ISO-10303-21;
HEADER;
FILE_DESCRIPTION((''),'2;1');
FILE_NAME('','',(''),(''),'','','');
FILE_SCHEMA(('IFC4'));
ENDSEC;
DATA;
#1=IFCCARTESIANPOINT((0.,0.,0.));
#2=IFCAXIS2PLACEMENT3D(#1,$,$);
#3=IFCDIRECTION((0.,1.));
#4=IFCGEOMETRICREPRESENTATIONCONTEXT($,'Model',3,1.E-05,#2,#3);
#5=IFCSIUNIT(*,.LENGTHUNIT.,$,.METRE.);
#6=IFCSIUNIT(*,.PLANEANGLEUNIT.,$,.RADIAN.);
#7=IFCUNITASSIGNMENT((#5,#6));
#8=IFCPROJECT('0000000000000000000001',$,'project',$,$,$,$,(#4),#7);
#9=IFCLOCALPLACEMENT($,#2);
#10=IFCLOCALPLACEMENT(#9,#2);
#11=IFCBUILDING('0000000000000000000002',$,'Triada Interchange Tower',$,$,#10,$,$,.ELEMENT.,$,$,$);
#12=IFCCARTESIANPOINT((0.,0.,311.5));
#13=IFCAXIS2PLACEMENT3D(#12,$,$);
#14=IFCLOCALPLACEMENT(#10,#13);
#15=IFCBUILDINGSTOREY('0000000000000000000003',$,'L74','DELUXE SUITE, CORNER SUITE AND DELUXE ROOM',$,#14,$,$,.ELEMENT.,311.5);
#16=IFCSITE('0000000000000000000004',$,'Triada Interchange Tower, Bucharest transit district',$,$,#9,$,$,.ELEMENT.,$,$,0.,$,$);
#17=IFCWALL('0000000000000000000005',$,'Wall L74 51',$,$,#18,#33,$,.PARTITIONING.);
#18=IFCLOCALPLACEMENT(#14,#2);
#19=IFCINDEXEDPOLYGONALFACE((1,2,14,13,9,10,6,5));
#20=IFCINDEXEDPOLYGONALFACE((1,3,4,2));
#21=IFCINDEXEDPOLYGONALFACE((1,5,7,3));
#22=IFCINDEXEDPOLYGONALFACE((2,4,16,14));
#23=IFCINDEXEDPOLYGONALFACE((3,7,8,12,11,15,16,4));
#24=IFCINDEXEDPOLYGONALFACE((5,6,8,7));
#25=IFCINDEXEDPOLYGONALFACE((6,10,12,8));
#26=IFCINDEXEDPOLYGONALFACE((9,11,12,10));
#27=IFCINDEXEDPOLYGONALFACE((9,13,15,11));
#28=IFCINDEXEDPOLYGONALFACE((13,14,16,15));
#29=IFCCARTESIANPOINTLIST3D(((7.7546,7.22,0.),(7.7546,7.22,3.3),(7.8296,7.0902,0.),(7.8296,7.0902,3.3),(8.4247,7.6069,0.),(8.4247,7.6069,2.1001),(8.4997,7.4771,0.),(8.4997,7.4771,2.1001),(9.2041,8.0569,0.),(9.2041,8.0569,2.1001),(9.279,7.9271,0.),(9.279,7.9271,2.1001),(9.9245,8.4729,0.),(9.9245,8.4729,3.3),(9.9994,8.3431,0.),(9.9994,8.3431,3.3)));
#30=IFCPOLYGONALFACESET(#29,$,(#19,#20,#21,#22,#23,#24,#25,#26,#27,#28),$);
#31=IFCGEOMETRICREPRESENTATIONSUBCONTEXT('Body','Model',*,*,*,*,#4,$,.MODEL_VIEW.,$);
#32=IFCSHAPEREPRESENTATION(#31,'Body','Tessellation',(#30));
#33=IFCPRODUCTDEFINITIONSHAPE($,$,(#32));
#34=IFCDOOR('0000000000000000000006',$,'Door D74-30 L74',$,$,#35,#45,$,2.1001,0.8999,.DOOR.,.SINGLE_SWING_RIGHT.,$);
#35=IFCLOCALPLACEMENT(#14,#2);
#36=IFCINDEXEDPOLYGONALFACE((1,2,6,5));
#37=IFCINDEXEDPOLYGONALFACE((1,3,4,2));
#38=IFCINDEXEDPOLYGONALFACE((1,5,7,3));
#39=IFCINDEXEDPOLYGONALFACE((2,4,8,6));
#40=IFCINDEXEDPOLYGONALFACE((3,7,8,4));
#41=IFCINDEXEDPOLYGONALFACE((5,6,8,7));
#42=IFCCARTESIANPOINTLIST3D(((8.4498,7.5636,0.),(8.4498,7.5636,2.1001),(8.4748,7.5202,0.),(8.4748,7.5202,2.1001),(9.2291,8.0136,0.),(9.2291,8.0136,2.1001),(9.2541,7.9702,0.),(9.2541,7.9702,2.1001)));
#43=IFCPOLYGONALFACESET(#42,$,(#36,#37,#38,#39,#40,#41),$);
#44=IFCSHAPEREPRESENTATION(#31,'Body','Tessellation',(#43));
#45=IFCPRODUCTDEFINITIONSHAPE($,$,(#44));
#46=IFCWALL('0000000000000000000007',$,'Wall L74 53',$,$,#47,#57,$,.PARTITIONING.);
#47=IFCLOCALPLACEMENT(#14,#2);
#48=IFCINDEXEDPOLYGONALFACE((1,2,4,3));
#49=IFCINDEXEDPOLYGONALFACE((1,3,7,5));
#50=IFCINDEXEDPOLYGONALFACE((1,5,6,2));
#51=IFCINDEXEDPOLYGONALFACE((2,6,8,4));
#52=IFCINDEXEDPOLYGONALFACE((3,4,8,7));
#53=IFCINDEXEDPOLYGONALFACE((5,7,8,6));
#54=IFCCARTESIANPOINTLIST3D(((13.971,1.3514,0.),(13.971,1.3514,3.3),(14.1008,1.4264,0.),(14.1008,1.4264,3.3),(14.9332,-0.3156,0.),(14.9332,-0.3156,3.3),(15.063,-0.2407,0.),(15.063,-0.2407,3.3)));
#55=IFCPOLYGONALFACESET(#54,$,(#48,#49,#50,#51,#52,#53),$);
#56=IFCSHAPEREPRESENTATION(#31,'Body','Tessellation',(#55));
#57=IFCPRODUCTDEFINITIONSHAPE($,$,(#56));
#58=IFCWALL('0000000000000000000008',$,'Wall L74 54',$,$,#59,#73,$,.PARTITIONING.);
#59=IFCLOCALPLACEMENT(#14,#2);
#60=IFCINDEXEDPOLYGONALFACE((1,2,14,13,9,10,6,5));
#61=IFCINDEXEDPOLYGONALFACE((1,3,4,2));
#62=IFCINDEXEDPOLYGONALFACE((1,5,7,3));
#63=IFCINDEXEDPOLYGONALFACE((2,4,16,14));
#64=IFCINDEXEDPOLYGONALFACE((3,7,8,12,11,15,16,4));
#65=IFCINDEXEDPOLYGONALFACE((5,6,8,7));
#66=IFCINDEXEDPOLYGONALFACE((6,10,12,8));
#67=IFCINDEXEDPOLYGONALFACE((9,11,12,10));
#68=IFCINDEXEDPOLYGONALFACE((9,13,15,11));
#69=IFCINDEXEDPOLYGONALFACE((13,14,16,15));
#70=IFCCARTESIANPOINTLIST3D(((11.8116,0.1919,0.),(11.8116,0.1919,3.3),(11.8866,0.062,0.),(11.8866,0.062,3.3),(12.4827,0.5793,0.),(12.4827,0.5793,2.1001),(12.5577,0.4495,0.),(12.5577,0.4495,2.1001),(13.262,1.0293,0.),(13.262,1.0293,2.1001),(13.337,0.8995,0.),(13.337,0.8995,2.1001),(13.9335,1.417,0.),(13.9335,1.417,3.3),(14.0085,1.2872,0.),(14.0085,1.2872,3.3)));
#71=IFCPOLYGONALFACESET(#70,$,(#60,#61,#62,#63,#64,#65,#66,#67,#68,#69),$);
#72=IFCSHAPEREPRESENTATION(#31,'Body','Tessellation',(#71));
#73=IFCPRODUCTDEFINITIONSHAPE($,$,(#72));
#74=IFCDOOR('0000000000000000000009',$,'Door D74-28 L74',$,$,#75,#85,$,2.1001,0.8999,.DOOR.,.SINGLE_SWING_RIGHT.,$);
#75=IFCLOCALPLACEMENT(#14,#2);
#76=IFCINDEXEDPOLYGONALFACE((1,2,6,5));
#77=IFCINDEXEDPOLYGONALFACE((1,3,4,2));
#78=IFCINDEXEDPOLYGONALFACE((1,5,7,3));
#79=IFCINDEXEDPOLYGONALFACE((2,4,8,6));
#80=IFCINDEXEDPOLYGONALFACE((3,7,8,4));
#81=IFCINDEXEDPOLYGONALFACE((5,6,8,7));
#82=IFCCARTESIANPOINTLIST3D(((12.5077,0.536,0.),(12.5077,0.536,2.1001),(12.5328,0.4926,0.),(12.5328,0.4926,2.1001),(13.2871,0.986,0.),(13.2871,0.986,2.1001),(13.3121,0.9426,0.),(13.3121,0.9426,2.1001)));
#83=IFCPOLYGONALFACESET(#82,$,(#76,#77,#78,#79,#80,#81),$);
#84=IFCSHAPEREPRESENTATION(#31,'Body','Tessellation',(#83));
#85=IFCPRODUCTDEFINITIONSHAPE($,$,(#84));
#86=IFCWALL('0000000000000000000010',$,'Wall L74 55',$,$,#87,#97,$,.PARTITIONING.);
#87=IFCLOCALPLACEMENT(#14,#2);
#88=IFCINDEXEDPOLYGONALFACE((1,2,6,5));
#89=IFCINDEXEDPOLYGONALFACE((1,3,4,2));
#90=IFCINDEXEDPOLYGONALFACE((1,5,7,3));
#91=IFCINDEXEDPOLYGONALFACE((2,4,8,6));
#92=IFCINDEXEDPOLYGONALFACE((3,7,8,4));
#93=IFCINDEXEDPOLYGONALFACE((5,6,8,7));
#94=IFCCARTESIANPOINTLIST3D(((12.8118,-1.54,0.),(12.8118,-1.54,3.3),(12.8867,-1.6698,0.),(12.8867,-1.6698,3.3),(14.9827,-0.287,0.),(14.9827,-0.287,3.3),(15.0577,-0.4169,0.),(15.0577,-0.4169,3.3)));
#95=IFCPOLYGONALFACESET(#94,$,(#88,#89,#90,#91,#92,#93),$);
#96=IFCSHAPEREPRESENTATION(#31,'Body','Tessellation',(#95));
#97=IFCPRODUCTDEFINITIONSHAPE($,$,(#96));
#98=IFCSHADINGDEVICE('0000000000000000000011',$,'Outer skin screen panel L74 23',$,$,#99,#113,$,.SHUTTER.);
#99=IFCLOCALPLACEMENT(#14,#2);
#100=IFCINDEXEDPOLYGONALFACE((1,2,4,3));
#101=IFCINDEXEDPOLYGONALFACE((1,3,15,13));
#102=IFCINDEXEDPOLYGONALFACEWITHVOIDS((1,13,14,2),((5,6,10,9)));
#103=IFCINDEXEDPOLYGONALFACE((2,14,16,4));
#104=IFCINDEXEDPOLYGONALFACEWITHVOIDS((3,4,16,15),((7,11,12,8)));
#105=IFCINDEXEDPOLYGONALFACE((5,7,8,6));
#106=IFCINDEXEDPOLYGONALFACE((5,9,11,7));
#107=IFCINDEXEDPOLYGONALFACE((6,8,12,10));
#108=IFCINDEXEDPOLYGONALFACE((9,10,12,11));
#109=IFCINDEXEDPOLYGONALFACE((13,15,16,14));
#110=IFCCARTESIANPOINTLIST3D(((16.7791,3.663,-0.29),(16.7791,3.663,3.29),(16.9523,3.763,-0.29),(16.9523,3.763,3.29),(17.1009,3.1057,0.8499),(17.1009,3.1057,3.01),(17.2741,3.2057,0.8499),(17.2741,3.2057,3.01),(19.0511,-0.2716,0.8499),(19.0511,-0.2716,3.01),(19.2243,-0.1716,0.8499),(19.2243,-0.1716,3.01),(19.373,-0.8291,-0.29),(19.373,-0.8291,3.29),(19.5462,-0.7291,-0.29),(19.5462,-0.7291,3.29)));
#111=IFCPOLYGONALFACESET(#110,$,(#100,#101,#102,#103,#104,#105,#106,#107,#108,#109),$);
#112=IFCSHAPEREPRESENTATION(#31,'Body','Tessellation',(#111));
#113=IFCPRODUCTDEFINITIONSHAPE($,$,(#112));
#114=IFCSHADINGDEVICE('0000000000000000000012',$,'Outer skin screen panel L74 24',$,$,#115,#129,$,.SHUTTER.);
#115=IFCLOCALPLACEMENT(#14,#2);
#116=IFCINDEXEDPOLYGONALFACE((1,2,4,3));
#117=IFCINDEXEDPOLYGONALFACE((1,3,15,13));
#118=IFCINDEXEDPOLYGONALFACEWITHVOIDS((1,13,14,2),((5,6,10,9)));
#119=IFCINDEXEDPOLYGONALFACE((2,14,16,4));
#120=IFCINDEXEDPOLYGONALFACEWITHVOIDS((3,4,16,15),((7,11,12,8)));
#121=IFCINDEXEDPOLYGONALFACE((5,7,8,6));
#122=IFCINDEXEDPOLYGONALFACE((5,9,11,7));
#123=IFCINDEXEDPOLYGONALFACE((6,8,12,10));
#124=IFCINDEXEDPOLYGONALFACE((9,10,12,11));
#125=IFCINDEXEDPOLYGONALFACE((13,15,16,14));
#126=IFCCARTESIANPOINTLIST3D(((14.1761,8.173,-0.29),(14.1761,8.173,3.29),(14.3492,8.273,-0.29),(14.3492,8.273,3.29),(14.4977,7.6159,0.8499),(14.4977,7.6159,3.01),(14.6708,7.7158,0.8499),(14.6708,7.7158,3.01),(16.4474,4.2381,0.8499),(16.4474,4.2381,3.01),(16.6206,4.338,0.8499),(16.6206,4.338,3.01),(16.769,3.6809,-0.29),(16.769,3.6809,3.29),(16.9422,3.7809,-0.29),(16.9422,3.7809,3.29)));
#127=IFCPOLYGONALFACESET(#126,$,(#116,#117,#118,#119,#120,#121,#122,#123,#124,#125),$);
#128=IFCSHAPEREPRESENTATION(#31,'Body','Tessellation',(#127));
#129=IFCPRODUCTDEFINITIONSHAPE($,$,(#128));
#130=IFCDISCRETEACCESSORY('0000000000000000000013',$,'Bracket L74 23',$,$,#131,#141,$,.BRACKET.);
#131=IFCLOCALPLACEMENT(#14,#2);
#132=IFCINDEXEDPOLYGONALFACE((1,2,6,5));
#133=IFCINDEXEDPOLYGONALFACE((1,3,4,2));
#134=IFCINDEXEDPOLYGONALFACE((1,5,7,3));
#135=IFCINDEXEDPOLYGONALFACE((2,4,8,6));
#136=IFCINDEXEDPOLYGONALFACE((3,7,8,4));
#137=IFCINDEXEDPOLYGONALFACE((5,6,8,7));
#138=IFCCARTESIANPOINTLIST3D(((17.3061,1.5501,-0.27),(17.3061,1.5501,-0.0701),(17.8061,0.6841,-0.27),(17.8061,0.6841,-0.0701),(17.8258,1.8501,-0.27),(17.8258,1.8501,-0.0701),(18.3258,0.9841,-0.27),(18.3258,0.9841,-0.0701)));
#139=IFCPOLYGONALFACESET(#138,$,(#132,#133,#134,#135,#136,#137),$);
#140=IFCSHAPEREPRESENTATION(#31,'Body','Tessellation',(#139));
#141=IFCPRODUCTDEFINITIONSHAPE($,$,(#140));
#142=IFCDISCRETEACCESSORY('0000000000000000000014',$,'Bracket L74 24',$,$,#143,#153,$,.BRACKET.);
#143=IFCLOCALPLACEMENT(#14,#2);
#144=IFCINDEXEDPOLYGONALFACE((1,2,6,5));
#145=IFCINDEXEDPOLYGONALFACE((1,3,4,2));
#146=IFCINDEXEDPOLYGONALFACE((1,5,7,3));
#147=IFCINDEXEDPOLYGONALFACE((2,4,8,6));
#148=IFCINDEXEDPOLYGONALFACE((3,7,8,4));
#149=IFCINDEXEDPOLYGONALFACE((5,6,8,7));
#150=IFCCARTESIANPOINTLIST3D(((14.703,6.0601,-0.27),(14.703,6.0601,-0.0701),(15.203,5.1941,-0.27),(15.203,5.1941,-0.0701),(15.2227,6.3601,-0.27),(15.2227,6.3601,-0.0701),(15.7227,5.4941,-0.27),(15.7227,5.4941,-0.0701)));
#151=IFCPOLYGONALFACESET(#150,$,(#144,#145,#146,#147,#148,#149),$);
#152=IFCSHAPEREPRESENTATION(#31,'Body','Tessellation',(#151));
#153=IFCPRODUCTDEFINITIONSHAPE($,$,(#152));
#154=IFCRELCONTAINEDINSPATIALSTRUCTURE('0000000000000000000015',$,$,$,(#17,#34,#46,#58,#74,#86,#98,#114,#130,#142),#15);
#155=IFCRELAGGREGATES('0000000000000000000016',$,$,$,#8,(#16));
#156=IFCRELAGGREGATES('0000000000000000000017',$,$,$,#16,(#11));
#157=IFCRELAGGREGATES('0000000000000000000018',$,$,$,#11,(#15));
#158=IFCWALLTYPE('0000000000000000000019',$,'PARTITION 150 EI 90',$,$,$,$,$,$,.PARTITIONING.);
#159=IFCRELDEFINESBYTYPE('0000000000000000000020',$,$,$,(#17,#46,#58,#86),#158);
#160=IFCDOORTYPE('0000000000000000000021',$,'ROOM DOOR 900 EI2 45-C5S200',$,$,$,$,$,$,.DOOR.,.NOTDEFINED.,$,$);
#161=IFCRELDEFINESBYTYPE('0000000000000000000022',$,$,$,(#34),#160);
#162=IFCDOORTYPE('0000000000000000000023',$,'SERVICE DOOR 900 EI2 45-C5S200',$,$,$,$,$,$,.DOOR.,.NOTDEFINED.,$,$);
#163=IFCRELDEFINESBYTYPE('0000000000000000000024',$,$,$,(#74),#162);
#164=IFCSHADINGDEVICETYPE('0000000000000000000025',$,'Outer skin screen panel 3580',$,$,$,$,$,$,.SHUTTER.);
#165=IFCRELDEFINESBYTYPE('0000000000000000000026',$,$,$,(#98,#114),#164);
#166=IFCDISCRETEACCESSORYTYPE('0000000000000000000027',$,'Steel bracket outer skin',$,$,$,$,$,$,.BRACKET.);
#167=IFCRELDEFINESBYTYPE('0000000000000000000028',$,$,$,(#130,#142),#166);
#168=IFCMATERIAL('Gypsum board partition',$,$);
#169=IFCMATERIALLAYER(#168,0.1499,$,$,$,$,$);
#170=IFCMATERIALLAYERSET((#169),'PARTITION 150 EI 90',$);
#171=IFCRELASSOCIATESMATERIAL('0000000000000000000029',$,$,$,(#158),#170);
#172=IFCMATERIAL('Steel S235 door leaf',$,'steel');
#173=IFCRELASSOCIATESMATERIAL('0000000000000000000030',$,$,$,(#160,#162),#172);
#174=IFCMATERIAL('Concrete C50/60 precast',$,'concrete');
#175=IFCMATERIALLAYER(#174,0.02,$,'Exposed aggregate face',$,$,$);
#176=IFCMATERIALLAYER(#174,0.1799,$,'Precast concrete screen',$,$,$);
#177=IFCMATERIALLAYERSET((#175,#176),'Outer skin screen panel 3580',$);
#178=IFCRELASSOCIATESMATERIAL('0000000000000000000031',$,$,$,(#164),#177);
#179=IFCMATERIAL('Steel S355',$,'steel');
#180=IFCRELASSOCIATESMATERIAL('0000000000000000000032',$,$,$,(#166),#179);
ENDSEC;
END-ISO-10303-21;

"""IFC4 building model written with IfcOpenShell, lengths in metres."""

from ifc_helpers import new_model, si_unit, direction, frame, frame_2d, origin, origin_2d, place, context, subcontext, project, spatial, polyline, rectangle, outline, extrude, material, layer, layer_set, type_object, element, fill, save


model = new_model("IFC4")

# Units and contexts
model_context = context("Model", 3, precision=1e-05, world=origin(), true_north=direction((0.0, 1.0)))
body_context = subcontext(model_context, "Body", "Model", "MODEL_VIEW")
ifc_project = project(units=[si_unit("LENGTHUNIT", "METRE"), si_unit("PLANEANGLEUNIT", "RADIAN")], contexts=[model_context])

# Site, building, storey
site_placement = place(None, origin())
site = spatial("IfcSite", under=ifc_project, at=site_placement, Name="Triada Interchange Tower, Bucharest transit district", CompositionType="ELEMENT", RefElevation=0.0)
building_placement = place(site_placement, origin())
building = spatial("IfcBuilding", under=site, at=building_placement, Name="Triada Interchange Tower", CompositionType="ELEMENT")
storey_placement = place(building_placement, frame((0.0, 0.0, 311.5)))
storey = spatial("IfcBuildingStorey", under=building, at=storey_placement, Name="L74", Description="DELUXE SUITE, CORNER SUITE AND DELUXE ROOM", CompositionType="ELEMENT", Elevation=311.5)

# Shared definitions
ifc_material_1 = material(Name="Gypsum board partition")

# Wall, opening, door
ifc_layer_1 = layer(ifc_material_1, 0.1499)
ifc_layer_set_1 = layer_set([ifc_layer_1], Name="PARTITION 150 EI 90")
wall_type_1 = type_object("IfcWallType", Name="PARTITION 150 EI 90", PredefinedType="PARTITIONING", material=ifc_layer_set_1)
ifc_material_2 = material(Name="Steel S235 door leaf", Category="steel")
door_type_1 = type_object("IfcDoorType", Name="ROOM DOOR 900 EI2 45-C5S200", OperationType="NOTDEFINED", PredefinedType="DOOR", material=ifc_material_2)
wall_1_placement = place(storey_placement, frame((7.792, 7.155, 0.0), z_axis=(0.0, 0.0, 1.0), x_axis=(0.866004, 0.500037, 0.0)))
wall_1 = element("IfcWall", 1, at=wall_1_placement, inside=storey, type_object=wall_type_1, Name="Wall L74 51", PredefinedType="PARTITIONING", context=body_context, shape_type="SweptSolid", body=[
    extrude(rectangle(XDim=2.5056, YDim=0.1499, at=frame_2d((1.2529, 0.0))), origin(), (0.0, 0.0, 1.0), 3.3),
])
opening_1_placement = place(wall_1_placement, frame((0.7739, 0.0, 0.0)))
opening_1 = element("IfcOpeningElement", 2, at=opening_1_placement, cuts=wall_1, PredefinedType="OPENING", context=body_context, shape_type="SweptSolid", body=[
    extrude(rectangle(XDim=0.8999, YDim=2.1001, at=frame_2d((0.45, 1.05))), frame((0.0, 0.085, 0.0), z_axis=(0.0, -1.0, 0.0), x_axis=(1.0, 0.0, 0.0)), (0.0, 0.0, 1.0), 0.1699),
])
door_1_placement = place(opening_1_placement, origin())
door_1 = element("IfcDoor", 3, at=door_1_placement, inside=storey, type_object=door_type_1, Name="Door D74-30 L74", OperationType="SINGLE_SWING_RIGHT", OverallHeight=2.1001, OverallWidth=0.8999, PredefinedType="DOOR", context=body_context, shape_type="SweptSolid", body=[
    extrude(rectangle(XDim=0.8999, YDim=2.1001, at=frame_2d((0.45, 1.05))), frame((0.0, 0.0249, 0.0), z_axis=(0.0, -1.0, 0.0), x_axis=(1.0, 0.0, 0.0)), (0.0, 0.0, 1.0), 0.05),
])
fill(opening_1, door_1)

# Wall
wall_2_placement = place(storey_placement, frame((14.0359, 1.3889, 0.0), z_axis=(0.0, 0.0, 1.0), x_axis=(0.499891, -0.866088, 0.0)))
element("IfcWall", 4, at=wall_2_placement, inside=storey, type_object=wall_type_1, Name="Wall L74 53", PredefinedType="PARTITIONING", context=body_context, shape_type="SweptSolid", body=[
    extrude(rectangle(XDim=1.9248, YDim=0.1499, at=frame_2d((0.9624, 0.0))), origin(), (0.0, 0.0, 1.0), 3.3),
])

# Wall, opening, door
wall_3_placement = place(storey_placement, frame((11.8491, 0.127, 0.0), z_axis=(0.0, 0.0, 1.0), x_axis=(0.866015, 0.500019, 0.0)))
wall_3 = element("IfcWall", 5, at=wall_3_placement, inside=storey, type_object=wall_type_1, Name="Wall L74 54", PredefinedType="PARTITIONING", context=body_context, shape_type="SweptSolid", body=[
    extrude(rectangle(XDim=2.4502, YDim=0.1499, at=frame_2d((1.2251, 0.0))), origin(), (0.0, 0.0, 1.0), 3.3),
])
opening_2_placement = place(wall_3_placement, frame((0.7749, 0.0, 0.0)))
opening_2 = element("IfcOpeningElement", 6, at=opening_2_placement, cuts=wall_3, PredefinedType="OPENING", context=body_context, shape_type="SweptSolid", body=[
    extrude(rectangle(XDim=0.8999, YDim=2.1001, at=frame_2d((0.45, 1.05))), frame((0.0, 0.085, 0.0), z_axis=(0.0, -1.0, 0.0), x_axis=(1.0, 0.0, 0.0)), (0.0, 0.0, 1.0), 0.1699),
])
door_type_2 = type_object("IfcDoorType", Name="SERVICE DOOR 900 EI2 45-C5S200", OperationType="NOTDEFINED", PredefinedType="DOOR", material=ifc_material_2)
door_2_placement = place(opening_2_placement, origin())
door_2 = element("IfcDoor", 7, at=door_2_placement, inside=storey, type_object=door_type_2, Name="Door D74-28 L74", OperationType="SINGLE_SWING_RIGHT", OverallHeight=2.1001, OverallWidth=0.8999, PredefinedType="DOOR", context=body_context, shape_type="SweptSolid", body=[
    extrude(rectangle(XDim=0.8999, YDim=2.1001, at=frame_2d((0.45, 1.05))), frame((0.0, 0.0249, 0.0), z_axis=(0.0, -1.0, 0.0), x_axis=(1.0, 0.0, 0.0)), (0.0, 0.0, 1.0), 0.05),
])
fill(opening_2, door_2)

# Wall
wall_4_placement = place(storey_placement, frame((12.8491, -1.605, 0.0), z_axis=(0.0, 0.0, 1.0), x_axis=(0.866101, 0.499869, 0.0)))
element("IfcWall", 8, at=wall_4_placement, inside=storey, type_object=wall_type_1, Name="Wall L74 55", PredefinedType="PARTITIONING", context=body_context, shape_type="SweptSolid", body=[
    extrude(rectangle(XDim=2.5066, YDim=0.1499, at=frame_2d((1.2534, 0.0))), origin(), (0.0, 0.0, 1.0), 3.3),
])

# Shading devices
ifc_material_3 = material(Name="Concrete C50/60 precast", Category="concrete")
ifc_layer_2 = layer(ifc_material_3, 0.02, Name="Exposed aggregate face")
ifc_layer_3 = layer(ifc_material_3, 0.1799, Name="Precast concrete screen")
ifc_layer_set_2 = layer_set([ifc_layer_2, ifc_layer_3], Name="Outer skin screen panel 3580")
shading_device_type = type_object("IfcShadingDeviceType", Name="Outer skin screen panel 3580", PredefinedType="SHUTTER", material=ifc_layer_set_2)
shading_device_1_placement = place(storey_placement, frame((19.373, -0.8291, -0.29), z_axis=(0.0, 0.0, 1.0), x_axis=(-0.500062, 0.86599, 0.0)))
element("IfcShadingDevice", 9, at=shading_device_1_placement, inside=storey, type_object=shading_device_type, Name="Outer skin screen panel L74 23", PredefinedType="SHUTTER", context=body_context, shape_type="SweptSolid", body=[
    extrude(outline(polyline([(0.0, 0.0), (5.1873, 0.0), (5.1873, 3.5801), (0.0, 3.5801), (0.0, 0.0)]), holes=[polyline([(0.6438, 1.1399), (0.6438, 3.3), (4.5437, 3.3), (4.5437, 1.1399), (0.6438, 1.1399)])]), frame((0.0, 0.0, 0.0), z_axis=(0.0, -1.0, 0.0), x_axis=(1.0, 0.0, 0.0)), (0.0, 0.0, 1.0), 0.2),
])
shading_device_2_placement = place(storey_placement, frame((16.769, 3.6809, -0.29), z_axis=(0.0, 0.0, 1.0), x_axis=(-0.499921, 0.866071, 0.0)))
element("IfcShadingDevice", 10, at=shading_device_2_placement, inside=storey, type_object=shading_device_type, Name="Outer skin screen panel L74 24", PredefinedType="SHUTTER", context=body_context, shape_type="SweptSolid", body=[
    extrude(outline(polyline([(0.0, 0.0), (5.1868, 0.0), (5.1868, 3.5801), (0.0, 3.5801), (0.0, 0.0)]), holes=[polyline([(0.6433, 1.1399), (0.6433, 3.3), (4.5435, 3.3), (4.5435, 1.1399), (0.6433, 1.1399)])]), frame((0.0, 0.0, 0.0), z_axis=(0.0, -1.0, 0.0), x_axis=(1.0, 0.0, 0.0)), (0.0, 0.0, 1.0), 0.2),
])

# Discrete accessories
ifc_material_4 = material(Name="Steel S355", Category="steel")
discrete_accessory_type = type_object("IfcDiscreteAccessoryType", Name="Steel bracket outer skin", PredefinedType="BRACKET", material=ifc_material_4)
for number, where, z_axis, x_axis, name in (
    (11, (17.8159, 1.2671, -0.27), (0.0, 0.0, 1.0), (0.866025, 0.500001, 0.0), "Bracket L74 23"),
    (12, (15.2129, 5.7771, -0.27), (0.0, 0.0, 1.0), (0.866025, 0.500001, 0.0), "Bracket L74 24"),
):
    element("IfcDiscreteAccessory", number, at=place(storey_placement, frame(where, z_axis=z_axis, x_axis=x_axis)), inside=storey, type_object=discrete_accessory_type, Name=name, PredefinedType="BRACKET", context=body_context, shape_type="SweptSolid", body=[
        extrude(rectangle(XDim=0.6001, YDim=1.0, at=origin_2d()), origin(), (0.0, 0.0, 1.0), 0.2),
    ])

save(model, "model.ifc")
